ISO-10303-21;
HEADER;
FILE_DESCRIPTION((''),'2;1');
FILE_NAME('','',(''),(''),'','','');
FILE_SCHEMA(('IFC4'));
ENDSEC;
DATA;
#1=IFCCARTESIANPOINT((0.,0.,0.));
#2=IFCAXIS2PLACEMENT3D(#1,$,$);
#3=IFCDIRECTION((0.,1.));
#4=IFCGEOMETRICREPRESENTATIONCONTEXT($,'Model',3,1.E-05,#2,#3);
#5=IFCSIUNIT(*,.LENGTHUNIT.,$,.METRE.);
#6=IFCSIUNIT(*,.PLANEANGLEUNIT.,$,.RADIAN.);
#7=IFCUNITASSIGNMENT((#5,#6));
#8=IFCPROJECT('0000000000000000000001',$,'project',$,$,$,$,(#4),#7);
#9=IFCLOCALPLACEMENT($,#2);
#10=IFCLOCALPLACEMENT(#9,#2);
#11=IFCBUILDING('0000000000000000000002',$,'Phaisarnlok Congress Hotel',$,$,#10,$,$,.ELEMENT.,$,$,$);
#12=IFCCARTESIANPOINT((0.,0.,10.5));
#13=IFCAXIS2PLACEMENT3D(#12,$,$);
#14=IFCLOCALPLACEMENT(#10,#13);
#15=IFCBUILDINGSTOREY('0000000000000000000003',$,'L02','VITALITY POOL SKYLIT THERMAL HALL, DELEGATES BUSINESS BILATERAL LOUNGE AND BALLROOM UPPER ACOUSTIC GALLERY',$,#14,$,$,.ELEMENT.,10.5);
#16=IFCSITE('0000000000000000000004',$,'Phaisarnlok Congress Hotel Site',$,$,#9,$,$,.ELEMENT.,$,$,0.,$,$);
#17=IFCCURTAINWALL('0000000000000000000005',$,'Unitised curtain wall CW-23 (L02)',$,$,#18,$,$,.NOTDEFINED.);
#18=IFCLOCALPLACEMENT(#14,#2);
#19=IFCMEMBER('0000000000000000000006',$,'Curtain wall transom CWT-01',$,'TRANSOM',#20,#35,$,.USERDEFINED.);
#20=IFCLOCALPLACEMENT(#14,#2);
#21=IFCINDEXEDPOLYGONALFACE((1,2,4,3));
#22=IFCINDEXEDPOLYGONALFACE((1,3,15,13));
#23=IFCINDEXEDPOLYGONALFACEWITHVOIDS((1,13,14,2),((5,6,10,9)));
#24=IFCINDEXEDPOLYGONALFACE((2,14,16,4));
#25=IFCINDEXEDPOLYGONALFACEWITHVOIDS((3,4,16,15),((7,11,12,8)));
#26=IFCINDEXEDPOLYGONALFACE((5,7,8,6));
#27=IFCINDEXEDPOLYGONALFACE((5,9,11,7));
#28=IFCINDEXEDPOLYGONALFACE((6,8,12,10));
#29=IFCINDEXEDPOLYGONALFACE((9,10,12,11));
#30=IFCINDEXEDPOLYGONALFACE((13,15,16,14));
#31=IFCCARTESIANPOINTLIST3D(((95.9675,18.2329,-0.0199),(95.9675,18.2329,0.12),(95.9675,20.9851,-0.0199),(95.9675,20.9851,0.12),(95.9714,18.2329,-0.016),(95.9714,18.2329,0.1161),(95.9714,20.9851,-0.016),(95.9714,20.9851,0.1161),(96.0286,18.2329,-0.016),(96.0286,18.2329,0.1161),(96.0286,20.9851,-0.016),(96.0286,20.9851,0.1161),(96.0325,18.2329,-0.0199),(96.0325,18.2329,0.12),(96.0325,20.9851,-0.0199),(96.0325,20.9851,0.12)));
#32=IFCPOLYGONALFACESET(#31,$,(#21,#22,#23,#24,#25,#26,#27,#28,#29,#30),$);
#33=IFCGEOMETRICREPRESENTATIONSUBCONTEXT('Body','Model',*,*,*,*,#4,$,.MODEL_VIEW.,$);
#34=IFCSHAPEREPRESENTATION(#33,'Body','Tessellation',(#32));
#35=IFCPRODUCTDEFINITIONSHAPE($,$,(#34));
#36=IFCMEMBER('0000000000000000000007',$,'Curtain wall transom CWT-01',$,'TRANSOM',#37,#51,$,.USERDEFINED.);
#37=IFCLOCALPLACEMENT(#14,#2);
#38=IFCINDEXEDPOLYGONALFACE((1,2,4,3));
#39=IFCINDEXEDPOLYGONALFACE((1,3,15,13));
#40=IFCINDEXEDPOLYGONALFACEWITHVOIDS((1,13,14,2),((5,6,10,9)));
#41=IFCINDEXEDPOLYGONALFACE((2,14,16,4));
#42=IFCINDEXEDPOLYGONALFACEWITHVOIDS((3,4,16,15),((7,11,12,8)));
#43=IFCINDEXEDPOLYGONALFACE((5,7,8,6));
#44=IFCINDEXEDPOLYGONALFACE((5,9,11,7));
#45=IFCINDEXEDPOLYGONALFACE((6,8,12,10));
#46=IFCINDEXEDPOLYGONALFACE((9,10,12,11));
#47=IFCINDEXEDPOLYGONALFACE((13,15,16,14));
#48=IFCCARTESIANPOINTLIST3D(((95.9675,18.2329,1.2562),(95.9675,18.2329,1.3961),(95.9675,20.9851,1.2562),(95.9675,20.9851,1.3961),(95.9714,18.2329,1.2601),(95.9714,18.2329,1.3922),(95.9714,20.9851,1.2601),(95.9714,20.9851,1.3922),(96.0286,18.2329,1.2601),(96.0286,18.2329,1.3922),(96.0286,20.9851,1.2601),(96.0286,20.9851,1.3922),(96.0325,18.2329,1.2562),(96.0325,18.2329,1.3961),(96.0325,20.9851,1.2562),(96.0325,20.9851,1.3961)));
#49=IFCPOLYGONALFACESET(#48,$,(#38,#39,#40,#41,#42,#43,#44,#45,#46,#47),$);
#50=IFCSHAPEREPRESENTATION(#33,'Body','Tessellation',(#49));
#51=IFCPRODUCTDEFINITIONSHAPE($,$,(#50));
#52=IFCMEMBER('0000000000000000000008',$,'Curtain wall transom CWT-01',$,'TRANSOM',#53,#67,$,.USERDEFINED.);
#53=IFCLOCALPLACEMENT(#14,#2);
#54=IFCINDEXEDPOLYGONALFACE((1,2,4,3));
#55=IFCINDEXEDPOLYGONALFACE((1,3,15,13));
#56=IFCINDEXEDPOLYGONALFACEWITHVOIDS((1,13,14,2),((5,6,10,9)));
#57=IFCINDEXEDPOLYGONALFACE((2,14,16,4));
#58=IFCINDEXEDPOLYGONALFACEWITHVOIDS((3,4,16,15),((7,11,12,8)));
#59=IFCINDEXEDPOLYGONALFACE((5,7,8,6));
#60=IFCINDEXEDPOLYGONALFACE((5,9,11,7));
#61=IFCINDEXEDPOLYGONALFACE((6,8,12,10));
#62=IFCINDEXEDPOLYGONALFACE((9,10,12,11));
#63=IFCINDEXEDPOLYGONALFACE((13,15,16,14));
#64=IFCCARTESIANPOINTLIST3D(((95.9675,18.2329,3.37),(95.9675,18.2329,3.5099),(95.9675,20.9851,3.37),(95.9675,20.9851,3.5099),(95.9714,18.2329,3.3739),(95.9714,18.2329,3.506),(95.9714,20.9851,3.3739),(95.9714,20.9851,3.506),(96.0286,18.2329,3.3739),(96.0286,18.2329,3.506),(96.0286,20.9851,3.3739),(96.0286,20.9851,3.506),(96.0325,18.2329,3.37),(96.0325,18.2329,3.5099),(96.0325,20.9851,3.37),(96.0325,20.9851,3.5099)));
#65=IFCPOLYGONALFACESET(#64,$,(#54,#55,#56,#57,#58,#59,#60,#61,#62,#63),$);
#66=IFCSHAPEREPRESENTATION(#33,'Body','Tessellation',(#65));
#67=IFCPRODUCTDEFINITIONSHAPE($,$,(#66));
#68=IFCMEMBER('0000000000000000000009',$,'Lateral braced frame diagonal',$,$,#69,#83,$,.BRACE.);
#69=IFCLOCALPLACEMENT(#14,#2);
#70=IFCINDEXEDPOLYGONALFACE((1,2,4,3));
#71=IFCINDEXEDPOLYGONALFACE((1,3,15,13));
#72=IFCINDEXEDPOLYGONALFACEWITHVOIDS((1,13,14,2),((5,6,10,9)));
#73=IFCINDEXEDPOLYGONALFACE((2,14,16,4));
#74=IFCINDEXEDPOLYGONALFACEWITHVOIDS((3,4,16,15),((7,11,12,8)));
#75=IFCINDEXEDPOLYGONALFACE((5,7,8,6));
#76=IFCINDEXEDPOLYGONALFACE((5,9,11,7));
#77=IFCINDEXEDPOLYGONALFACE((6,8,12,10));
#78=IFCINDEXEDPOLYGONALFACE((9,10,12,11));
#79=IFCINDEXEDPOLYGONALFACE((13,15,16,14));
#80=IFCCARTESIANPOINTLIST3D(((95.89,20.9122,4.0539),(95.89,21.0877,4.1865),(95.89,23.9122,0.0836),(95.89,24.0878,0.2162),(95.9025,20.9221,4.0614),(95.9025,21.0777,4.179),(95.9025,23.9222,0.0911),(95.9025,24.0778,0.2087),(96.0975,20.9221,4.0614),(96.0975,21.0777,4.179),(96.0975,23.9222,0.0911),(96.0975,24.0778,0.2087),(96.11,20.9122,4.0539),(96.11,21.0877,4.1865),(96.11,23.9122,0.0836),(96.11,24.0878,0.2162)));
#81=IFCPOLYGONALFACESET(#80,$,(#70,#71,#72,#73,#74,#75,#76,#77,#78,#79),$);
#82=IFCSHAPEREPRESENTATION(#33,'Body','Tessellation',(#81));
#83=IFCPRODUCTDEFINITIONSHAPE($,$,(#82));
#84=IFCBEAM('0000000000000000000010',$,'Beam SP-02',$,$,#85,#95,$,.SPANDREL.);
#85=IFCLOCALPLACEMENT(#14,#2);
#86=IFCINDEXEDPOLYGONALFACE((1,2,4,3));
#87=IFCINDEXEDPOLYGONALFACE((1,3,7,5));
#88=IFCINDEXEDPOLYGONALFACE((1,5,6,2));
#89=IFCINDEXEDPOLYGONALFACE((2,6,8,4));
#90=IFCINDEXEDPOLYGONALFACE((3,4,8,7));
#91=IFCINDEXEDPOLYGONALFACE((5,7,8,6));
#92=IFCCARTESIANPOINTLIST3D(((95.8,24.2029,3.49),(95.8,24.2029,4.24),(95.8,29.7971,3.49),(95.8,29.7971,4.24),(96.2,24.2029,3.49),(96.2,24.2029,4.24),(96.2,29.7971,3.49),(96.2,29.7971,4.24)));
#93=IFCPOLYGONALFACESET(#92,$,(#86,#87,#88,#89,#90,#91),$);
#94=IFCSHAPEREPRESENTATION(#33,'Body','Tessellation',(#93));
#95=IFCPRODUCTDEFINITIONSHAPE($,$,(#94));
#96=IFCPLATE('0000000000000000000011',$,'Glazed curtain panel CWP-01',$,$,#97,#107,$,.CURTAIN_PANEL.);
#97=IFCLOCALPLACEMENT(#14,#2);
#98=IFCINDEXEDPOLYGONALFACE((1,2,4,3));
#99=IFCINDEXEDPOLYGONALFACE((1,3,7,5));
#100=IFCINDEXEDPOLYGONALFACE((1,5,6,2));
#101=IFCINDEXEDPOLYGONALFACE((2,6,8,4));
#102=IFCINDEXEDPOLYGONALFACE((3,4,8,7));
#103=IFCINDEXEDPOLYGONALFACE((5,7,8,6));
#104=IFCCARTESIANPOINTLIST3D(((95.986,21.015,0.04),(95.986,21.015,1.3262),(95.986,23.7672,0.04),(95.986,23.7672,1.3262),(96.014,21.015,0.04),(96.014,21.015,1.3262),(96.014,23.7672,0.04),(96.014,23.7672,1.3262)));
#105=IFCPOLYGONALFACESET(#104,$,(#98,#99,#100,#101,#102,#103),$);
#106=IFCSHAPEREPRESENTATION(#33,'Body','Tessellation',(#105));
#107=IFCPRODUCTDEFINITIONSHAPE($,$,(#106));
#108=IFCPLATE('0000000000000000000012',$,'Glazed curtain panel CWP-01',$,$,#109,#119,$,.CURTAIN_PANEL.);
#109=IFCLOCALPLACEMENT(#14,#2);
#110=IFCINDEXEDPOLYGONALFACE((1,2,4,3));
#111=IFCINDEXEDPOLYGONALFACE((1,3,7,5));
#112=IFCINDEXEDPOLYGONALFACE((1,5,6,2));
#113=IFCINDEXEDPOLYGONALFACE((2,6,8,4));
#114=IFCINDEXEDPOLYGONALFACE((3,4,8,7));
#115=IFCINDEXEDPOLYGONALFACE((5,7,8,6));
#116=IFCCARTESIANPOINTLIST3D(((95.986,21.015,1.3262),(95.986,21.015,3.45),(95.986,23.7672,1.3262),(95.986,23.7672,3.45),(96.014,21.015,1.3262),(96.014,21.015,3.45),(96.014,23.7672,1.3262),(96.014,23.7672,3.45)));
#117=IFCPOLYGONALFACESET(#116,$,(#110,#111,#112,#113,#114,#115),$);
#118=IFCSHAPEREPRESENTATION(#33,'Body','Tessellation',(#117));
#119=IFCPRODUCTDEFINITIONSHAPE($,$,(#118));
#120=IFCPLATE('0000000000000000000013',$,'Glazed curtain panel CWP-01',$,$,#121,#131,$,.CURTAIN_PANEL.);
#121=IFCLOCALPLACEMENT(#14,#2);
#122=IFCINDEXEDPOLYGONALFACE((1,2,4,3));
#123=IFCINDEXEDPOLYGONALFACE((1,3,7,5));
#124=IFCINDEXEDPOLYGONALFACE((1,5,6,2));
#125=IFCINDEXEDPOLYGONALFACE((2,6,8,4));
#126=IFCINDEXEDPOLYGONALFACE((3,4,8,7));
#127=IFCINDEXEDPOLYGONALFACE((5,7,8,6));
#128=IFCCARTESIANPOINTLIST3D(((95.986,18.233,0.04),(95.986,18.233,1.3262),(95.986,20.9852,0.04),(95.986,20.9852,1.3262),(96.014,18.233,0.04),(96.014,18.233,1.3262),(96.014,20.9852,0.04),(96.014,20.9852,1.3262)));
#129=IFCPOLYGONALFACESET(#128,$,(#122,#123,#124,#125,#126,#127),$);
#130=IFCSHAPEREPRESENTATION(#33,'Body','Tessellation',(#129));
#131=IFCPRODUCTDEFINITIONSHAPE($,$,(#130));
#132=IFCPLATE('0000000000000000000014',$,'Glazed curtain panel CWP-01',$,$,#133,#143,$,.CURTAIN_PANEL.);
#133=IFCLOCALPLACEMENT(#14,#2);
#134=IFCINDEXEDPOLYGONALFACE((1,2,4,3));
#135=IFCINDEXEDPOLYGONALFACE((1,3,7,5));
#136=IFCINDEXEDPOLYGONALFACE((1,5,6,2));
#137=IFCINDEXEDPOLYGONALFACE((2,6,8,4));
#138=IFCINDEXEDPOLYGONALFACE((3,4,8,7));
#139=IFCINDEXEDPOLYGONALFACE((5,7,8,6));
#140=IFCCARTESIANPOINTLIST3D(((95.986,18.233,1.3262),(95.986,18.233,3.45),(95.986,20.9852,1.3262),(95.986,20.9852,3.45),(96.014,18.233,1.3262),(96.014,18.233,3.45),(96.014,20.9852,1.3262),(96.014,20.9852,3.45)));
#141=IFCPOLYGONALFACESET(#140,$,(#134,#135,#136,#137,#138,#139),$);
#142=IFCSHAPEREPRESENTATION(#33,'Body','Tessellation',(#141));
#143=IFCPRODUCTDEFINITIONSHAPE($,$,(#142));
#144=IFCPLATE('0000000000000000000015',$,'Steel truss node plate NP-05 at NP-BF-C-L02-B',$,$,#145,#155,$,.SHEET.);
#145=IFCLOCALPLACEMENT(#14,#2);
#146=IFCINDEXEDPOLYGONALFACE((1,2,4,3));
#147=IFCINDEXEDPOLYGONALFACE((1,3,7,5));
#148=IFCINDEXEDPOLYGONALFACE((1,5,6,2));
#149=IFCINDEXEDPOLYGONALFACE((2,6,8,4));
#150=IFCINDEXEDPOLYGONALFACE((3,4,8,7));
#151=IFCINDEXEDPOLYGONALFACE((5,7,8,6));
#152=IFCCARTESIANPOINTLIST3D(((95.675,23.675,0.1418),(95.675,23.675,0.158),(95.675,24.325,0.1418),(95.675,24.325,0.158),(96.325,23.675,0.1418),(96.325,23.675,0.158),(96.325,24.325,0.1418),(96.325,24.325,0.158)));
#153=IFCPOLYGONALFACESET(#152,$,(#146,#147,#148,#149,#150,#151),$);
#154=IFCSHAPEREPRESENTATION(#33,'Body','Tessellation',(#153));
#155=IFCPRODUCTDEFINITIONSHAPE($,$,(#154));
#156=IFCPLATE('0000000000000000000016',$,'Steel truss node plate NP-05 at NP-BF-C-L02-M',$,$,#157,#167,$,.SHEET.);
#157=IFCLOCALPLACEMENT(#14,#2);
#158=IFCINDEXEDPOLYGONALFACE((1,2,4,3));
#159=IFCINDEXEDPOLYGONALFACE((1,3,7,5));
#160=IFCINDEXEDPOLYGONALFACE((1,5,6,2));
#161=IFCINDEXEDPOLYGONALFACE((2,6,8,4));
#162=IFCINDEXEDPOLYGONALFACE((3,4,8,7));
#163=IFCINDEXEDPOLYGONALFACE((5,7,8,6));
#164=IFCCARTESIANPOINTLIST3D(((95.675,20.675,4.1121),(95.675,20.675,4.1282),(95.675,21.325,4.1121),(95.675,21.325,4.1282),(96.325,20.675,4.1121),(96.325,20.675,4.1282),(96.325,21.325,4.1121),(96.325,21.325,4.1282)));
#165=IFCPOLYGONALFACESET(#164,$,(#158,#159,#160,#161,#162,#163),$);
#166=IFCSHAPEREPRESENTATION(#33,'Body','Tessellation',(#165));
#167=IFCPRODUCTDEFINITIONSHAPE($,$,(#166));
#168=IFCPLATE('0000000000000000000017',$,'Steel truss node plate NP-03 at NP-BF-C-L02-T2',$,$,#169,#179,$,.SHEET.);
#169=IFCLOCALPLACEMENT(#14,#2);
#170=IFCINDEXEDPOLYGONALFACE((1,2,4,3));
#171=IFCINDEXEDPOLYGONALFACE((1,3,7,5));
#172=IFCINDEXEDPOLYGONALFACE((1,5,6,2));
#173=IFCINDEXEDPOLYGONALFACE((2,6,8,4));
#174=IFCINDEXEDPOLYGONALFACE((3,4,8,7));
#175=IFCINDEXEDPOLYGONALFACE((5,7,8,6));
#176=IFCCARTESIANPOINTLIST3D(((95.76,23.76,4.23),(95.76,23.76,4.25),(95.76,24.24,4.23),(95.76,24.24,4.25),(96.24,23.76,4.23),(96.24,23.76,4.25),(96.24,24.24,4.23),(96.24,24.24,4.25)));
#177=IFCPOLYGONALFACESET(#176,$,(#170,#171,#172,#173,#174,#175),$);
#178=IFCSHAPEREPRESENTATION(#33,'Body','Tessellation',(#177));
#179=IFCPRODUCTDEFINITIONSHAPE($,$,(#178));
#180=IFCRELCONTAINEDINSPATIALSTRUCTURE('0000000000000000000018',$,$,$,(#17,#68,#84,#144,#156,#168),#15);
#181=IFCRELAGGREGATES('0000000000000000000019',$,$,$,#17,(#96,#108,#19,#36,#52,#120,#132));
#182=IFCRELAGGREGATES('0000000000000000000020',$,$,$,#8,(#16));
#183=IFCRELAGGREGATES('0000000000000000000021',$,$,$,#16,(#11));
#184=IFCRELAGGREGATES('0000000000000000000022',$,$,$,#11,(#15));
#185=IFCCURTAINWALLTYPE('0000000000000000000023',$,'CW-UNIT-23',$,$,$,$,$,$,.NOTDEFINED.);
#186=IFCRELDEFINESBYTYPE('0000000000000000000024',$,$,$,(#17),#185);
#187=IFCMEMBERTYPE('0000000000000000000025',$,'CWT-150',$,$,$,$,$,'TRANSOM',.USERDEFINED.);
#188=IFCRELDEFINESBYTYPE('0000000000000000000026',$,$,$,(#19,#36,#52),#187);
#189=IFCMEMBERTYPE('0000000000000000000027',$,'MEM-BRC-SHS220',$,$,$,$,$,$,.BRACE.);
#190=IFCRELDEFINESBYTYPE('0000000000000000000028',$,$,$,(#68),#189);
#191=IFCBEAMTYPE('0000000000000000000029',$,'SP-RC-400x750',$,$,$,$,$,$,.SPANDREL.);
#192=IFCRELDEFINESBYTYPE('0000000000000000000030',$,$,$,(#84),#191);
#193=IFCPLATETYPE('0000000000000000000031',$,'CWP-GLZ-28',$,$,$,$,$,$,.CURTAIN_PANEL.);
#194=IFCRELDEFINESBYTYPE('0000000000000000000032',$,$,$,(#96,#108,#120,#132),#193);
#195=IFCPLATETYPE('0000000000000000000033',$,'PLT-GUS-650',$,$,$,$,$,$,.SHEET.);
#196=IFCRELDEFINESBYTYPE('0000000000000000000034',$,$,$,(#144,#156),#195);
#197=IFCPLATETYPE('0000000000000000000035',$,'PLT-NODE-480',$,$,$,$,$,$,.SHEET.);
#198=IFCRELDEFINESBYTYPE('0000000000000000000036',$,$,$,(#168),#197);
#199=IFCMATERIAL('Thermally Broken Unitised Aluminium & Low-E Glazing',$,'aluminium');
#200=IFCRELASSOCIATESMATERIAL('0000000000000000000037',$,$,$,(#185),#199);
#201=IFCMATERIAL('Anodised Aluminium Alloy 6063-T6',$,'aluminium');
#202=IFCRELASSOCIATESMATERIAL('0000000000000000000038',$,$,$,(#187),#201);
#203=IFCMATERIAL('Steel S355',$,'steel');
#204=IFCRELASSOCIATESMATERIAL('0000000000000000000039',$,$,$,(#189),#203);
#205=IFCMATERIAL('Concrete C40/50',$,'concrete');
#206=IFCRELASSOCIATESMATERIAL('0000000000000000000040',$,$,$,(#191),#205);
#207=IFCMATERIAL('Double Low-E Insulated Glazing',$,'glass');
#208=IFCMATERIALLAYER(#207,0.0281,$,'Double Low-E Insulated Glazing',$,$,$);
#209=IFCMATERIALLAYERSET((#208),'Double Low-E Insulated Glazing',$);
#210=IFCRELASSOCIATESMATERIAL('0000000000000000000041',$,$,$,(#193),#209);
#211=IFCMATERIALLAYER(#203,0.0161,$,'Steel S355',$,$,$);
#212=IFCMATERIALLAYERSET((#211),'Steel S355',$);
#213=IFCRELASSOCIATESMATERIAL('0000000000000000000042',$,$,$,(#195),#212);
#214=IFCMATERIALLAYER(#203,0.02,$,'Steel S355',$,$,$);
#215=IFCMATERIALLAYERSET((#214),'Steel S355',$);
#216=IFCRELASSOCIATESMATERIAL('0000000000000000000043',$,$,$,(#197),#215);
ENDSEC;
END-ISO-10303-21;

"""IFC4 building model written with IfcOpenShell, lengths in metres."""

from ifc_helpers import new_model, si_unit, direction, frame, frame_2d, origin, origin_2d, place, context, subcontext, project, spatial, rectangle, hollow_rectangle, extrude, material, layer, layer_set, material_profile, profile_set, type_object, element, aggregate, save


model = new_model("IFC4")

# Units and contexts
model_context = context("Model", 3, precision=1e-05, world=origin(), true_north=direction((0.0, 1.0)))
body_context = subcontext(model_context, "Body", "Model", "MODEL_VIEW")
ifc_project = project(units=[si_unit("LENGTHUNIT", "METRE"), si_unit("PLANEANGLEUNIT", "RADIAN")], contexts=[model_context])

# Site, building, storey
site_placement = place(None, origin())
site = spatial("IfcSite", under=ifc_project, at=site_placement, Name="Phaisarnlok Congress Hotel Site", CompositionType="ELEMENT", RefElevation=0.0)
building_placement = place(site_placement, origin())
building = spatial("IfcBuilding", under=site, at=building_placement, Name="Phaisarnlok Congress Hotel", CompositionType="ELEMENT")
storey_placement = place(building_placement, frame((0.0, 0.0, 10.5)))
storey = spatial("IfcBuildingStorey", under=building, at=storey_placement, Name="L02", Description="VITALITY POOL SKYLIT THERMAL HALL, DELEGATES BUSINESS BILATERAL LOUNGE AND BALLROOM UPPER ACOUSTIC GALLERY", CompositionType="ELEMENT", Elevation=10.5)

# Shared definitions
ifc_material_1 = material(Name="Steel S355", Category="steel")

# Shared definitions
ifc_material_2 = material(Name="Thermally Broken Unitised Aluminium & Low-E Glazing", Category="aluminium")
curtain_wall_type = type_object("IfcCurtainWallType", Name="CW-UNIT-23", PredefinedType="NOTDEFINED", material=ifc_material_2)
ifc_material_3 = material(Name="Anodised Aluminium Alloy 6063-T6", Category="aluminium")

# Curtain wall
curtain_wall_1_placement = place(storey_placement, origin())
curtain_wall_1 = element("IfcCurtainWall", 1, at=curtain_wall_1_placement, inside=storey, type_object=curtain_wall_type, Name="Unitised curtain wall CW-23 (L02)", PredefinedType="NOTDEFINED")

# Members
ifc_material_profile_1 = material_profile(ifc_material_3, hollow_rectangle(XDim=0.0649, YDim=0.1399, WallThickness=0.0039, at=origin_2d()), Name="ALU-T 65x140x4")
ifc_profile_set_1 = profile_set([ifc_material_profile_1], Name="Anodised Aluminium Alloy 6063-T6")
member_type_1 = type_object("IfcMemberType", Name="CWT-150", ElementType="TRANSOM", PredefinedType="USERDEFINED", material=ifc_profile_set_1)
member_1_placement = place(storey_placement, frame((96.0, 20.9851, 0.05), z_axis=(0.0, -1.0, 0.0), x_axis=(1.0, 0.0, 0.0)))
member_1 = element("IfcMember", 2, at=member_1_placement, type_object=member_type_1, Name="Curtain wall transom CWT-01", ObjectType="TRANSOM", PredefinedType="USERDEFINED", context=body_context, shape_type="SweptSolid", body=[
    extrude(hollow_rectangle(XDim=0.0649, YDim=0.1399, WallThickness=0.0039, at=origin_2d()), origin(), (0.0, 0.0, 1.0), 2.7522),
])
member_2_placement = place(storey_placement, frame((96.0, 20.9851, 1.3262), z_axis=(0.0, -1.0, 0.0), x_axis=(1.0, 0.0, 0.0)))
member_2 = element("IfcMember", 3, at=member_2_placement, type_object=member_type_1, Name="Curtain wall transom CWT-01", ObjectType="TRANSOM", PredefinedType="USERDEFINED", context=body_context, shape_type="SweptSolid", body=[
    extrude(hollow_rectangle(XDim=0.0649, YDim=0.1399, WallThickness=0.0039, at=origin_2d()), origin(), (0.0, 0.0, 1.0), 2.7522),
])
member_3_placement = place(storey_placement, frame((96.0, 20.9851, 3.4399), z_axis=(0.0, -1.0, 0.0), x_axis=(1.0, 0.0, 0.0)))
member_3 = element("IfcMember", 4, at=member_3_placement, type_object=member_type_1, Name="Curtain wall transom CWT-01", ObjectType="TRANSOM", PredefinedType="USERDEFINED", context=body_context, shape_type="SweptSolid", body=[
    extrude(hollow_rectangle(XDim=0.0649, YDim=0.1399, WallThickness=0.0039, at=origin_2d()), origin(), (0.0, 0.0, 1.0), 2.7522),
])
ifc_material_profile_2 = material_profile(ifc_material_1, hollow_rectangle(XDim=0.22, YDim=0.22, WallThickness=0.0125, at=origin_2d()), Name="SHS 220x220x12.5")
ifc_profile_set_2 = profile_set([ifc_material_profile_2], Name="Steel S355")
member_type_2 = type_object("IfcMemberType", Name="MEM-BRC-SHS220", PredefinedType="BRACE", material=ifc_profile_set_2)
member_4_placement = place(storey_placement, frame((96.0, 24.0, 0.1499), z_axis=(0.0, -0.602869, 0.79784), x_axis=(1.0, 0.0, 0.0)))
element("IfcMember", 5, at=member_4_placement, inside=storey, type_object=member_type_2, Name="Lateral braced frame diagonal", PredefinedType="BRACE", context=body_context, shape_type="SweptSolid", body=[
    extrude(hollow_rectangle(XDim=0.22, YDim=0.22, WallThickness=0.0125, at=origin_2d()), origin(), (0.0, 0.0, 1.0), 4.9763),
])

# Beam
ifc_material_4 = material(Name="Concrete C40/50", Category="concrete")
ifc_material_profile_3 = material_profile(ifc_material_4, rectangle(XDim=0.3999, YDim=0.75, at=origin_2d()), Name="RC 400x750")
ifc_profile_set_3 = profile_set([ifc_material_profile_3], Name="Concrete C40/50")
beam_type = type_object("IfcBeamType", Name="SP-RC-400x750", PredefinedType="SPANDREL", material=ifc_profile_set_3)
beam_placement = place(storey_placement, frame((96.0, 24.2029, 3.865), z_axis=(0.0, 1.0, 0.0), x_axis=(-1.0, 0.0, 0.0)))
element("IfcBeam", 6, at=beam_placement, inside=storey, type_object=beam_type, Name="Beam SP-02", PredefinedType="SPANDREL", context=body_context, shape_type="SweptSolid", body=[
    extrude(rectangle(XDim=0.3999, YDim=0.75, at=origin_2d()), origin(), (0.0, 0.0, 1.0), 5.5942),
])

# Plates
ifc_material_5 = material(Name="Double Low-E Insulated Glazing", Category="glass")
ifc_layer_1 = layer(ifc_material_5, 0.0281, Name="Double Low-E Insulated Glazing")
ifc_layer_set_1 = layer_set([ifc_layer_1], Name="Double Low-E Insulated Glazing")
plate_type_1 = type_object("IfcPlateType", Name="CWP-GLZ-28", PredefinedType="CURTAIN_PANEL", material=ifc_layer_set_1)
plate_1_placement = place(storey_placement, frame((96.0, 23.7671, 0.04), z_axis=(0.0, 0.0, 1.0), x_axis=(0.0, -1.0, 0.0)))
plate_1 = element("IfcPlate", 7, at=plate_1_placement, type_object=plate_type_1, Name="Glazed curtain panel CWP-01", PredefinedType="CURTAIN_PANEL", context=body_context, shape_type="SweptSolid", body=[
    extrude(rectangle(XDim=2.7522, YDim=0.0281, at=frame_2d((1.376, 0.0))), origin(), (0.0, 0.0, 1.0), 1.2861),
])
plate_2_placement = place(storey_placement, frame((96.0, 23.7671, 1.3262), z_axis=(0.0, 0.0, 1.0), x_axis=(0.0, -1.0, 0.0)))
plate_2 = element("IfcPlate", 8, at=plate_2_placement, type_object=plate_type_1, Name="Glazed curtain panel CWP-01", PredefinedType="CURTAIN_PANEL", context=body_context, shape_type="SweptSolid", body=[
    extrude(rectangle(XDim=2.7522, YDim=0.0281, at=frame_2d((1.376, 0.0))), origin(), (0.0, 0.0, 1.0), 2.1238),
])
plate_3_placement = place(storey_placement, frame((96.0, 20.9851, 0.04), z_axis=(0.0, 0.0, 1.0), x_axis=(0.0, -1.0, 0.0)))
plate_3 = element("IfcPlate", 9, at=plate_3_placement, type_object=plate_type_1, Name="Glazed curtain panel CWP-01", PredefinedType="CURTAIN_PANEL", context=body_context, shape_type="SweptSolid", body=[
    extrude(rectangle(XDim=2.7522, YDim=0.0281, at=frame_2d((1.376, 0.0))), origin(), (0.0, 0.0, 1.0), 1.2861),
])
plate_4_placement = place(storey_placement, frame((96.0, 20.9851, 1.3262), z_axis=(0.0, 0.0, 1.0), x_axis=(0.0, -1.0, 0.0)))
plate_4 = element("IfcPlate", 10, at=plate_4_placement, type_object=plate_type_1, Name="Glazed curtain panel CWP-01", PredefinedType="CURTAIN_PANEL", context=body_context, shape_type="SweptSolid", body=[
    extrude(rectangle(XDim=2.7522, YDim=0.0281, at=frame_2d((1.376, 0.0))), origin(), (0.0, 0.0, 1.0), 2.1238),
])
aggregate(curtain_wall_1, [plate_1, plate_2, member_1, member_2, member_3, plate_3, plate_4])

# Plates
ifc_layer_2 = layer(ifc_material_1, 0.0161, Name="Steel S355")
ifc_layer_set_2 = layer_set([ifc_layer_2], Name="Steel S355")
plate_type_2 = type_object("IfcPlateType", Name="PLT-GUS-650", PredefinedType="SHEET", material=ifc_layer_set_2)
for number, where, z_axis, x_axis, name in (
    (11, (96.0, 24.0, 0.1418), (0.0, 0.0, 1.0), (1.0, 0.0, 0.0), "Steel truss node plate NP-05 at NP-BF-C-L02-B"),
    (12, (96.0, 21.0, 4.1121), (0.0, 0.0, 1.0), (1.0, 0.0, 0.0), "Steel truss node plate NP-05 at NP-BF-C-L02-M"),
):
    element("IfcPlate", number, at=place(storey_placement, frame(where, z_axis=z_axis, x_axis=x_axis)), inside=storey, type_object=plate_type_2, Name=name, PredefinedType="SHEET", context=body_context, shape_type="SweptSolid", body=[
        extrude(rectangle(XDim=0.6499, YDim=0.6499, at=origin_2d()), origin(), (0.0, 0.0, 1.0), 0.0161),
    ])
ifc_layer_3 = layer(ifc_material_1, 0.02, Name="Steel S355")
ifc_layer_set_3 = layer_set([ifc_layer_3], Name="Steel S355")
plate_type_3 = type_object("IfcPlateType", Name="PLT-NODE-480", PredefinedType="SHEET", material=ifc_layer_set_3)
plate_5_placement = place(storey_placement, frame((96.0, 24.0, 4.23), z_axis=(0.0, 0.0, 1.0), x_axis=(1.0, 0.0, 0.0)))
element("IfcPlate", 13, at=plate_5_placement, inside=storey, type_object=plate_type_3, Name="Steel truss node plate NP-03 at NP-BF-C-L02-T2", PredefinedType="SHEET", context=body_context, shape_type="SweptSolid", body=[
    extrude(rectangle(XDim=0.48, YDim=0.48, at=origin_2d()), origin(), (0.0, 0.0, 1.0), 0.02),
])

save(model, "model.ifc")
